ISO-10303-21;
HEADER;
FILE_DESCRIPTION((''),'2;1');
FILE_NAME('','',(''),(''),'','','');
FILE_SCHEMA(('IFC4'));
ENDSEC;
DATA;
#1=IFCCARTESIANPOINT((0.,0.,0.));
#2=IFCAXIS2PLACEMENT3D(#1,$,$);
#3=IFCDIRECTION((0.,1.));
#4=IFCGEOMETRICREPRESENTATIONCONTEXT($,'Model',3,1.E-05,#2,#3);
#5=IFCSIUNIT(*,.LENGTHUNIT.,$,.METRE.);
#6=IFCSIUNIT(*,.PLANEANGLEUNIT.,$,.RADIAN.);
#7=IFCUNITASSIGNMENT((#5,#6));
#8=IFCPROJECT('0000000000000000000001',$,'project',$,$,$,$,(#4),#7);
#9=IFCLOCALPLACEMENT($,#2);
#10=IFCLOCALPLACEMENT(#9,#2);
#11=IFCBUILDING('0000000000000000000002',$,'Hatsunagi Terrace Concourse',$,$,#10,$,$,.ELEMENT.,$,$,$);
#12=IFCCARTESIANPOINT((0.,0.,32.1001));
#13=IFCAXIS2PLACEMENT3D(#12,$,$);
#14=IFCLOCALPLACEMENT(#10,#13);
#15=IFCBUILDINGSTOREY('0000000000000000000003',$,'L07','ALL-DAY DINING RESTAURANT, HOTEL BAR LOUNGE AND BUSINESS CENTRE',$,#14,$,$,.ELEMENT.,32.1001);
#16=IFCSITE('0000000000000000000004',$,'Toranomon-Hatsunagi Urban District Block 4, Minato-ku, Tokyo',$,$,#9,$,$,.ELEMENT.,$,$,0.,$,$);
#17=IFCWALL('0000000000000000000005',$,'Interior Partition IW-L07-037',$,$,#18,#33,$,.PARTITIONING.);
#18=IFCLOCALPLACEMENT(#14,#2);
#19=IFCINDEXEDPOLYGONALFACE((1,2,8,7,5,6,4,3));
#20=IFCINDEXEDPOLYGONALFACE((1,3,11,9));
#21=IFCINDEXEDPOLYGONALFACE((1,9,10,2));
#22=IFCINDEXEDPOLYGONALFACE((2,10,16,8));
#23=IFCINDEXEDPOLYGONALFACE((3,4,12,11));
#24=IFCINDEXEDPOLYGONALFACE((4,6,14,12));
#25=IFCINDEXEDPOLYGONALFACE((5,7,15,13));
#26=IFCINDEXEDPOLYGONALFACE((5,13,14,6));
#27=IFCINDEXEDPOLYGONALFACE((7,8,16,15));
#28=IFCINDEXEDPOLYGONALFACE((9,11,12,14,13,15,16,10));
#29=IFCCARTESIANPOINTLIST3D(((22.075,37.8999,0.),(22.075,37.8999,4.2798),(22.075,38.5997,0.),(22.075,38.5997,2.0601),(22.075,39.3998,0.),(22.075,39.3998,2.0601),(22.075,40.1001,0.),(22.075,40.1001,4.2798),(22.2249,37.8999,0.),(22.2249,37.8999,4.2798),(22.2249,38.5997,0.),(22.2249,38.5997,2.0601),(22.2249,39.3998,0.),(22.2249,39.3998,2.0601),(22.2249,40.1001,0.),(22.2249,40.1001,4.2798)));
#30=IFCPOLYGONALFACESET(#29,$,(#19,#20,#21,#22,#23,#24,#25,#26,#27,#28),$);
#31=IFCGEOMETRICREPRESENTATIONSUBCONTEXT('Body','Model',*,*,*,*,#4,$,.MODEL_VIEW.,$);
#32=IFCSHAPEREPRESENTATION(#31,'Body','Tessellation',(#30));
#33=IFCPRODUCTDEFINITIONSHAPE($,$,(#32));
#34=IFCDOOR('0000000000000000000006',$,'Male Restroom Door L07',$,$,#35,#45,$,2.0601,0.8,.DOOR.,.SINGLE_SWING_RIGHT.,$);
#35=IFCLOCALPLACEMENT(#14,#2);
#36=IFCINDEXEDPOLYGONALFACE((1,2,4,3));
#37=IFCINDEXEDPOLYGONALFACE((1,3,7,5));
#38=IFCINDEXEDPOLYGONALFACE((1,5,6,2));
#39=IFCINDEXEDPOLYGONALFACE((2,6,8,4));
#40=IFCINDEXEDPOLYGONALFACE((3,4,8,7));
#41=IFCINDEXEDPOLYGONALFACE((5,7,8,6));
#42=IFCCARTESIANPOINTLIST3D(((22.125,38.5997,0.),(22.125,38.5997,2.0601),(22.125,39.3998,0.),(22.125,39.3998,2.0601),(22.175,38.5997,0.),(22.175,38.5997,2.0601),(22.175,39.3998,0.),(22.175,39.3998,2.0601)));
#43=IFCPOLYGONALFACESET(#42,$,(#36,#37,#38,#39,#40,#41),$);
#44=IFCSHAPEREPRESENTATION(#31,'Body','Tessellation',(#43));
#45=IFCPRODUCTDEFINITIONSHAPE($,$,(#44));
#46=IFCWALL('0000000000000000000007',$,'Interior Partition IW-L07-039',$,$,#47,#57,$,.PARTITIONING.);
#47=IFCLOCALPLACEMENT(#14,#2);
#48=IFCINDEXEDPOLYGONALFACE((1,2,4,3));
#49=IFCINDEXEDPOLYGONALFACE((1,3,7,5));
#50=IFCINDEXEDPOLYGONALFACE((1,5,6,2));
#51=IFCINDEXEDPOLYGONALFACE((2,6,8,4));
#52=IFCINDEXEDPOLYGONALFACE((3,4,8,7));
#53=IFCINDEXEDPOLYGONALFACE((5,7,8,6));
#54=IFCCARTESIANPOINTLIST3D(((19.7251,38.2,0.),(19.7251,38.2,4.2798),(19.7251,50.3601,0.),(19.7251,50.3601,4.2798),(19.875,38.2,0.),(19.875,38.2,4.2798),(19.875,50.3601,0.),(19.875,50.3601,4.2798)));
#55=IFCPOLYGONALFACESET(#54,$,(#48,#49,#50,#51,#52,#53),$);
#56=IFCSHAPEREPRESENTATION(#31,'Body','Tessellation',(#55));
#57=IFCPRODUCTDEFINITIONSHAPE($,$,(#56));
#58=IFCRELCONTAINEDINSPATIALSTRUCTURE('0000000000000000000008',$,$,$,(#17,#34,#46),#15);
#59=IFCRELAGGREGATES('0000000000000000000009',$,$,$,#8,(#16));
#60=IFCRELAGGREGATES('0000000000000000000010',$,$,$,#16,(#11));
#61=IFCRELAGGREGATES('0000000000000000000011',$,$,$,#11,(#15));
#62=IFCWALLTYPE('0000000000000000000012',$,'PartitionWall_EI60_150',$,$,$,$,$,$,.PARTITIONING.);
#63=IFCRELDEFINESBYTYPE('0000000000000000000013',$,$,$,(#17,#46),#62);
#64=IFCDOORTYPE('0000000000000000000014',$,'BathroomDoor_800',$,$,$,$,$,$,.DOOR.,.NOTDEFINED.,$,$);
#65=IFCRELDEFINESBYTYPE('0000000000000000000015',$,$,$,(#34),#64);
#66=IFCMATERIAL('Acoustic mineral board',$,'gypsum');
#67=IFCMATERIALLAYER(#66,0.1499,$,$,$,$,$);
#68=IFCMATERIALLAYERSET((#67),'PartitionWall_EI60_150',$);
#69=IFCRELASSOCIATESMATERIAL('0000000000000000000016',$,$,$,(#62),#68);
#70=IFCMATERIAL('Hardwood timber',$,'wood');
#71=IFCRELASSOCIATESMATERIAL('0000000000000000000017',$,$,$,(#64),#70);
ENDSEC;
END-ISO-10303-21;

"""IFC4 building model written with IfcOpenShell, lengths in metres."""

from ifc_helpers import new_model, si_unit, direction, frame, frame_2d, origin, place, context, subcontext, project, spatial, rectangle, extrude, material, layer, layer_set, type_object, element, fill, save


model = new_model("IFC4")

# Units and contexts
model_context = context("Model", 3, precision=1e-05, world=origin(), true_north=direction((0.0, 1.0)))
body_context = subcontext(model_context, "Body", "Model", "MODEL_VIEW")
ifc_project = project(units=[si_unit("LENGTHUNIT", "METRE"), si_unit("PLANEANGLEUNIT", "RADIAN")], contexts=[model_context])

# Site, building, storey
site_placement = place(None, origin())
site = spatial("IfcSite", under=ifc_project, at=site_placement, Name="Toranomon-Hatsunagi Urban District Block 4, Minato-ku, Tokyo", CompositionType="ELEMENT", RefElevation=0.0)
building_placement = place(site_placement, origin())
building = spatial("IfcBuilding", under=site, at=building_placement, Name="Hatsunagi Terrace Concourse", CompositionType="ELEMENT")
storey_placement = place(building_placement, frame((0.0, 0.0, 32.1001)))
storey = spatial("IfcBuildingStorey", under=building, at=storey_placement, Name="L07", Description="ALL-DAY DINING RESTAURANT, HOTEL BAR LOUNGE AND BUSINESS CENTRE", CompositionType="ELEMENT", Elevation=32.1001)

# Shared definitions
ifc_material_1 = material(Name="Acoustic mineral board", Category="gypsum")
ifc_layer_1 = layer(ifc_material_1, 0.1499)
ifc_layer_set_1 = layer_set([ifc_layer_1], Name="PartitionWall_EI60_150")
wall_type_1 = type_object("IfcWallType", Name="PartitionWall_EI60_150", PredefinedType="PARTITIONING", material=ifc_layer_set_1)

# Wall, opening, door
ifc_material_2 = material(Name="Hardwood timber", Category="wood")
door_type_1 = type_object("IfcDoorType", Name="BathroomDoor_800", OperationType="NOTDEFINED", PredefinedType="DOOR", material=ifc_material_2)
wall_1_placement = place(storey_placement, frame((22.1499, 37.8999, 0.0), z_axis=(0.0, 0.0, 1.0), x_axis=(0.0, 1.0, 0.0)))
wall_1 = element("IfcWall", 1, at=wall_1_placement, inside=storey, type_object=wall_type_1, Name="Interior Partition IW-L07-037", PredefinedType="PARTITIONING", context=body_context, shape_type="SweptSolid", body=[
    extrude(rectangle(XDim=2.2002, YDim=0.1499, at=frame_2d((1.1001, 0.0))), origin(), (0.0, 0.0, 1.0), 4.2798),
])
opening_1_placement = place(wall_1_placement, frame((0.7, 0.0, 0.0)))
opening_1 = element("IfcOpeningElement", 2, at=opening_1_placement, cuts=wall_1, PredefinedType="OPENING", context=body_context, shape_type="SweptSolid", body=[
    extrude(rectangle(XDim=0.8, YDim=2.0601, at=frame_2d((0.3999, 1.03))), frame((0.0, 0.085, 0.0), z_axis=(0.0, -1.0, 0.0), x_axis=(1.0, 0.0, 0.0)), (0.0, 0.0, 1.0), 0.1699),
])
door_1_placement = place(opening_1_placement, origin())
door_1 = element("IfcDoor", 3, at=door_1_placement, inside=storey, type_object=door_type_1, Name="Male Restroom Door L07", OperationType="SINGLE_SWING_RIGHT", OverallHeight=2.0601, OverallWidth=0.8, PredefinedType="DOOR", context=body_context, shape_type="SweptSolid", body=[
    extrude(rectangle(XDim=0.8, YDim=2.0601, at=frame_2d((0.3999, 1.03))), frame((0.0, 0.0249, 0.0), z_axis=(0.0, -1.0, 0.0), x_axis=(1.0, 0.0, 0.0)), (0.0, 0.0, 1.0), 0.05),
])
fill(opening_1, door_1)

# Wall
wall_2_placement = place(storey_placement, frame((19.8, 38.2, 0.0), z_axis=(0.0, 0.0, 1.0), x_axis=(0.0, 1.0, 0.0)))
element("IfcWall", 4, at=wall_2_placement, inside=storey, type_object=wall_type_1, Name="Interior Partition IW-L07-039", PredefinedType="PARTITIONING", context=body_context, shape_type="SweptSolid", body=[
    extrude(rectangle(XDim=12.1602, YDim=0.1499, at=frame_2d((6.0801, 0.0))), origin(), (0.0, 0.0, 1.0), 4.2798),
])

save(model, "model.ifc")
